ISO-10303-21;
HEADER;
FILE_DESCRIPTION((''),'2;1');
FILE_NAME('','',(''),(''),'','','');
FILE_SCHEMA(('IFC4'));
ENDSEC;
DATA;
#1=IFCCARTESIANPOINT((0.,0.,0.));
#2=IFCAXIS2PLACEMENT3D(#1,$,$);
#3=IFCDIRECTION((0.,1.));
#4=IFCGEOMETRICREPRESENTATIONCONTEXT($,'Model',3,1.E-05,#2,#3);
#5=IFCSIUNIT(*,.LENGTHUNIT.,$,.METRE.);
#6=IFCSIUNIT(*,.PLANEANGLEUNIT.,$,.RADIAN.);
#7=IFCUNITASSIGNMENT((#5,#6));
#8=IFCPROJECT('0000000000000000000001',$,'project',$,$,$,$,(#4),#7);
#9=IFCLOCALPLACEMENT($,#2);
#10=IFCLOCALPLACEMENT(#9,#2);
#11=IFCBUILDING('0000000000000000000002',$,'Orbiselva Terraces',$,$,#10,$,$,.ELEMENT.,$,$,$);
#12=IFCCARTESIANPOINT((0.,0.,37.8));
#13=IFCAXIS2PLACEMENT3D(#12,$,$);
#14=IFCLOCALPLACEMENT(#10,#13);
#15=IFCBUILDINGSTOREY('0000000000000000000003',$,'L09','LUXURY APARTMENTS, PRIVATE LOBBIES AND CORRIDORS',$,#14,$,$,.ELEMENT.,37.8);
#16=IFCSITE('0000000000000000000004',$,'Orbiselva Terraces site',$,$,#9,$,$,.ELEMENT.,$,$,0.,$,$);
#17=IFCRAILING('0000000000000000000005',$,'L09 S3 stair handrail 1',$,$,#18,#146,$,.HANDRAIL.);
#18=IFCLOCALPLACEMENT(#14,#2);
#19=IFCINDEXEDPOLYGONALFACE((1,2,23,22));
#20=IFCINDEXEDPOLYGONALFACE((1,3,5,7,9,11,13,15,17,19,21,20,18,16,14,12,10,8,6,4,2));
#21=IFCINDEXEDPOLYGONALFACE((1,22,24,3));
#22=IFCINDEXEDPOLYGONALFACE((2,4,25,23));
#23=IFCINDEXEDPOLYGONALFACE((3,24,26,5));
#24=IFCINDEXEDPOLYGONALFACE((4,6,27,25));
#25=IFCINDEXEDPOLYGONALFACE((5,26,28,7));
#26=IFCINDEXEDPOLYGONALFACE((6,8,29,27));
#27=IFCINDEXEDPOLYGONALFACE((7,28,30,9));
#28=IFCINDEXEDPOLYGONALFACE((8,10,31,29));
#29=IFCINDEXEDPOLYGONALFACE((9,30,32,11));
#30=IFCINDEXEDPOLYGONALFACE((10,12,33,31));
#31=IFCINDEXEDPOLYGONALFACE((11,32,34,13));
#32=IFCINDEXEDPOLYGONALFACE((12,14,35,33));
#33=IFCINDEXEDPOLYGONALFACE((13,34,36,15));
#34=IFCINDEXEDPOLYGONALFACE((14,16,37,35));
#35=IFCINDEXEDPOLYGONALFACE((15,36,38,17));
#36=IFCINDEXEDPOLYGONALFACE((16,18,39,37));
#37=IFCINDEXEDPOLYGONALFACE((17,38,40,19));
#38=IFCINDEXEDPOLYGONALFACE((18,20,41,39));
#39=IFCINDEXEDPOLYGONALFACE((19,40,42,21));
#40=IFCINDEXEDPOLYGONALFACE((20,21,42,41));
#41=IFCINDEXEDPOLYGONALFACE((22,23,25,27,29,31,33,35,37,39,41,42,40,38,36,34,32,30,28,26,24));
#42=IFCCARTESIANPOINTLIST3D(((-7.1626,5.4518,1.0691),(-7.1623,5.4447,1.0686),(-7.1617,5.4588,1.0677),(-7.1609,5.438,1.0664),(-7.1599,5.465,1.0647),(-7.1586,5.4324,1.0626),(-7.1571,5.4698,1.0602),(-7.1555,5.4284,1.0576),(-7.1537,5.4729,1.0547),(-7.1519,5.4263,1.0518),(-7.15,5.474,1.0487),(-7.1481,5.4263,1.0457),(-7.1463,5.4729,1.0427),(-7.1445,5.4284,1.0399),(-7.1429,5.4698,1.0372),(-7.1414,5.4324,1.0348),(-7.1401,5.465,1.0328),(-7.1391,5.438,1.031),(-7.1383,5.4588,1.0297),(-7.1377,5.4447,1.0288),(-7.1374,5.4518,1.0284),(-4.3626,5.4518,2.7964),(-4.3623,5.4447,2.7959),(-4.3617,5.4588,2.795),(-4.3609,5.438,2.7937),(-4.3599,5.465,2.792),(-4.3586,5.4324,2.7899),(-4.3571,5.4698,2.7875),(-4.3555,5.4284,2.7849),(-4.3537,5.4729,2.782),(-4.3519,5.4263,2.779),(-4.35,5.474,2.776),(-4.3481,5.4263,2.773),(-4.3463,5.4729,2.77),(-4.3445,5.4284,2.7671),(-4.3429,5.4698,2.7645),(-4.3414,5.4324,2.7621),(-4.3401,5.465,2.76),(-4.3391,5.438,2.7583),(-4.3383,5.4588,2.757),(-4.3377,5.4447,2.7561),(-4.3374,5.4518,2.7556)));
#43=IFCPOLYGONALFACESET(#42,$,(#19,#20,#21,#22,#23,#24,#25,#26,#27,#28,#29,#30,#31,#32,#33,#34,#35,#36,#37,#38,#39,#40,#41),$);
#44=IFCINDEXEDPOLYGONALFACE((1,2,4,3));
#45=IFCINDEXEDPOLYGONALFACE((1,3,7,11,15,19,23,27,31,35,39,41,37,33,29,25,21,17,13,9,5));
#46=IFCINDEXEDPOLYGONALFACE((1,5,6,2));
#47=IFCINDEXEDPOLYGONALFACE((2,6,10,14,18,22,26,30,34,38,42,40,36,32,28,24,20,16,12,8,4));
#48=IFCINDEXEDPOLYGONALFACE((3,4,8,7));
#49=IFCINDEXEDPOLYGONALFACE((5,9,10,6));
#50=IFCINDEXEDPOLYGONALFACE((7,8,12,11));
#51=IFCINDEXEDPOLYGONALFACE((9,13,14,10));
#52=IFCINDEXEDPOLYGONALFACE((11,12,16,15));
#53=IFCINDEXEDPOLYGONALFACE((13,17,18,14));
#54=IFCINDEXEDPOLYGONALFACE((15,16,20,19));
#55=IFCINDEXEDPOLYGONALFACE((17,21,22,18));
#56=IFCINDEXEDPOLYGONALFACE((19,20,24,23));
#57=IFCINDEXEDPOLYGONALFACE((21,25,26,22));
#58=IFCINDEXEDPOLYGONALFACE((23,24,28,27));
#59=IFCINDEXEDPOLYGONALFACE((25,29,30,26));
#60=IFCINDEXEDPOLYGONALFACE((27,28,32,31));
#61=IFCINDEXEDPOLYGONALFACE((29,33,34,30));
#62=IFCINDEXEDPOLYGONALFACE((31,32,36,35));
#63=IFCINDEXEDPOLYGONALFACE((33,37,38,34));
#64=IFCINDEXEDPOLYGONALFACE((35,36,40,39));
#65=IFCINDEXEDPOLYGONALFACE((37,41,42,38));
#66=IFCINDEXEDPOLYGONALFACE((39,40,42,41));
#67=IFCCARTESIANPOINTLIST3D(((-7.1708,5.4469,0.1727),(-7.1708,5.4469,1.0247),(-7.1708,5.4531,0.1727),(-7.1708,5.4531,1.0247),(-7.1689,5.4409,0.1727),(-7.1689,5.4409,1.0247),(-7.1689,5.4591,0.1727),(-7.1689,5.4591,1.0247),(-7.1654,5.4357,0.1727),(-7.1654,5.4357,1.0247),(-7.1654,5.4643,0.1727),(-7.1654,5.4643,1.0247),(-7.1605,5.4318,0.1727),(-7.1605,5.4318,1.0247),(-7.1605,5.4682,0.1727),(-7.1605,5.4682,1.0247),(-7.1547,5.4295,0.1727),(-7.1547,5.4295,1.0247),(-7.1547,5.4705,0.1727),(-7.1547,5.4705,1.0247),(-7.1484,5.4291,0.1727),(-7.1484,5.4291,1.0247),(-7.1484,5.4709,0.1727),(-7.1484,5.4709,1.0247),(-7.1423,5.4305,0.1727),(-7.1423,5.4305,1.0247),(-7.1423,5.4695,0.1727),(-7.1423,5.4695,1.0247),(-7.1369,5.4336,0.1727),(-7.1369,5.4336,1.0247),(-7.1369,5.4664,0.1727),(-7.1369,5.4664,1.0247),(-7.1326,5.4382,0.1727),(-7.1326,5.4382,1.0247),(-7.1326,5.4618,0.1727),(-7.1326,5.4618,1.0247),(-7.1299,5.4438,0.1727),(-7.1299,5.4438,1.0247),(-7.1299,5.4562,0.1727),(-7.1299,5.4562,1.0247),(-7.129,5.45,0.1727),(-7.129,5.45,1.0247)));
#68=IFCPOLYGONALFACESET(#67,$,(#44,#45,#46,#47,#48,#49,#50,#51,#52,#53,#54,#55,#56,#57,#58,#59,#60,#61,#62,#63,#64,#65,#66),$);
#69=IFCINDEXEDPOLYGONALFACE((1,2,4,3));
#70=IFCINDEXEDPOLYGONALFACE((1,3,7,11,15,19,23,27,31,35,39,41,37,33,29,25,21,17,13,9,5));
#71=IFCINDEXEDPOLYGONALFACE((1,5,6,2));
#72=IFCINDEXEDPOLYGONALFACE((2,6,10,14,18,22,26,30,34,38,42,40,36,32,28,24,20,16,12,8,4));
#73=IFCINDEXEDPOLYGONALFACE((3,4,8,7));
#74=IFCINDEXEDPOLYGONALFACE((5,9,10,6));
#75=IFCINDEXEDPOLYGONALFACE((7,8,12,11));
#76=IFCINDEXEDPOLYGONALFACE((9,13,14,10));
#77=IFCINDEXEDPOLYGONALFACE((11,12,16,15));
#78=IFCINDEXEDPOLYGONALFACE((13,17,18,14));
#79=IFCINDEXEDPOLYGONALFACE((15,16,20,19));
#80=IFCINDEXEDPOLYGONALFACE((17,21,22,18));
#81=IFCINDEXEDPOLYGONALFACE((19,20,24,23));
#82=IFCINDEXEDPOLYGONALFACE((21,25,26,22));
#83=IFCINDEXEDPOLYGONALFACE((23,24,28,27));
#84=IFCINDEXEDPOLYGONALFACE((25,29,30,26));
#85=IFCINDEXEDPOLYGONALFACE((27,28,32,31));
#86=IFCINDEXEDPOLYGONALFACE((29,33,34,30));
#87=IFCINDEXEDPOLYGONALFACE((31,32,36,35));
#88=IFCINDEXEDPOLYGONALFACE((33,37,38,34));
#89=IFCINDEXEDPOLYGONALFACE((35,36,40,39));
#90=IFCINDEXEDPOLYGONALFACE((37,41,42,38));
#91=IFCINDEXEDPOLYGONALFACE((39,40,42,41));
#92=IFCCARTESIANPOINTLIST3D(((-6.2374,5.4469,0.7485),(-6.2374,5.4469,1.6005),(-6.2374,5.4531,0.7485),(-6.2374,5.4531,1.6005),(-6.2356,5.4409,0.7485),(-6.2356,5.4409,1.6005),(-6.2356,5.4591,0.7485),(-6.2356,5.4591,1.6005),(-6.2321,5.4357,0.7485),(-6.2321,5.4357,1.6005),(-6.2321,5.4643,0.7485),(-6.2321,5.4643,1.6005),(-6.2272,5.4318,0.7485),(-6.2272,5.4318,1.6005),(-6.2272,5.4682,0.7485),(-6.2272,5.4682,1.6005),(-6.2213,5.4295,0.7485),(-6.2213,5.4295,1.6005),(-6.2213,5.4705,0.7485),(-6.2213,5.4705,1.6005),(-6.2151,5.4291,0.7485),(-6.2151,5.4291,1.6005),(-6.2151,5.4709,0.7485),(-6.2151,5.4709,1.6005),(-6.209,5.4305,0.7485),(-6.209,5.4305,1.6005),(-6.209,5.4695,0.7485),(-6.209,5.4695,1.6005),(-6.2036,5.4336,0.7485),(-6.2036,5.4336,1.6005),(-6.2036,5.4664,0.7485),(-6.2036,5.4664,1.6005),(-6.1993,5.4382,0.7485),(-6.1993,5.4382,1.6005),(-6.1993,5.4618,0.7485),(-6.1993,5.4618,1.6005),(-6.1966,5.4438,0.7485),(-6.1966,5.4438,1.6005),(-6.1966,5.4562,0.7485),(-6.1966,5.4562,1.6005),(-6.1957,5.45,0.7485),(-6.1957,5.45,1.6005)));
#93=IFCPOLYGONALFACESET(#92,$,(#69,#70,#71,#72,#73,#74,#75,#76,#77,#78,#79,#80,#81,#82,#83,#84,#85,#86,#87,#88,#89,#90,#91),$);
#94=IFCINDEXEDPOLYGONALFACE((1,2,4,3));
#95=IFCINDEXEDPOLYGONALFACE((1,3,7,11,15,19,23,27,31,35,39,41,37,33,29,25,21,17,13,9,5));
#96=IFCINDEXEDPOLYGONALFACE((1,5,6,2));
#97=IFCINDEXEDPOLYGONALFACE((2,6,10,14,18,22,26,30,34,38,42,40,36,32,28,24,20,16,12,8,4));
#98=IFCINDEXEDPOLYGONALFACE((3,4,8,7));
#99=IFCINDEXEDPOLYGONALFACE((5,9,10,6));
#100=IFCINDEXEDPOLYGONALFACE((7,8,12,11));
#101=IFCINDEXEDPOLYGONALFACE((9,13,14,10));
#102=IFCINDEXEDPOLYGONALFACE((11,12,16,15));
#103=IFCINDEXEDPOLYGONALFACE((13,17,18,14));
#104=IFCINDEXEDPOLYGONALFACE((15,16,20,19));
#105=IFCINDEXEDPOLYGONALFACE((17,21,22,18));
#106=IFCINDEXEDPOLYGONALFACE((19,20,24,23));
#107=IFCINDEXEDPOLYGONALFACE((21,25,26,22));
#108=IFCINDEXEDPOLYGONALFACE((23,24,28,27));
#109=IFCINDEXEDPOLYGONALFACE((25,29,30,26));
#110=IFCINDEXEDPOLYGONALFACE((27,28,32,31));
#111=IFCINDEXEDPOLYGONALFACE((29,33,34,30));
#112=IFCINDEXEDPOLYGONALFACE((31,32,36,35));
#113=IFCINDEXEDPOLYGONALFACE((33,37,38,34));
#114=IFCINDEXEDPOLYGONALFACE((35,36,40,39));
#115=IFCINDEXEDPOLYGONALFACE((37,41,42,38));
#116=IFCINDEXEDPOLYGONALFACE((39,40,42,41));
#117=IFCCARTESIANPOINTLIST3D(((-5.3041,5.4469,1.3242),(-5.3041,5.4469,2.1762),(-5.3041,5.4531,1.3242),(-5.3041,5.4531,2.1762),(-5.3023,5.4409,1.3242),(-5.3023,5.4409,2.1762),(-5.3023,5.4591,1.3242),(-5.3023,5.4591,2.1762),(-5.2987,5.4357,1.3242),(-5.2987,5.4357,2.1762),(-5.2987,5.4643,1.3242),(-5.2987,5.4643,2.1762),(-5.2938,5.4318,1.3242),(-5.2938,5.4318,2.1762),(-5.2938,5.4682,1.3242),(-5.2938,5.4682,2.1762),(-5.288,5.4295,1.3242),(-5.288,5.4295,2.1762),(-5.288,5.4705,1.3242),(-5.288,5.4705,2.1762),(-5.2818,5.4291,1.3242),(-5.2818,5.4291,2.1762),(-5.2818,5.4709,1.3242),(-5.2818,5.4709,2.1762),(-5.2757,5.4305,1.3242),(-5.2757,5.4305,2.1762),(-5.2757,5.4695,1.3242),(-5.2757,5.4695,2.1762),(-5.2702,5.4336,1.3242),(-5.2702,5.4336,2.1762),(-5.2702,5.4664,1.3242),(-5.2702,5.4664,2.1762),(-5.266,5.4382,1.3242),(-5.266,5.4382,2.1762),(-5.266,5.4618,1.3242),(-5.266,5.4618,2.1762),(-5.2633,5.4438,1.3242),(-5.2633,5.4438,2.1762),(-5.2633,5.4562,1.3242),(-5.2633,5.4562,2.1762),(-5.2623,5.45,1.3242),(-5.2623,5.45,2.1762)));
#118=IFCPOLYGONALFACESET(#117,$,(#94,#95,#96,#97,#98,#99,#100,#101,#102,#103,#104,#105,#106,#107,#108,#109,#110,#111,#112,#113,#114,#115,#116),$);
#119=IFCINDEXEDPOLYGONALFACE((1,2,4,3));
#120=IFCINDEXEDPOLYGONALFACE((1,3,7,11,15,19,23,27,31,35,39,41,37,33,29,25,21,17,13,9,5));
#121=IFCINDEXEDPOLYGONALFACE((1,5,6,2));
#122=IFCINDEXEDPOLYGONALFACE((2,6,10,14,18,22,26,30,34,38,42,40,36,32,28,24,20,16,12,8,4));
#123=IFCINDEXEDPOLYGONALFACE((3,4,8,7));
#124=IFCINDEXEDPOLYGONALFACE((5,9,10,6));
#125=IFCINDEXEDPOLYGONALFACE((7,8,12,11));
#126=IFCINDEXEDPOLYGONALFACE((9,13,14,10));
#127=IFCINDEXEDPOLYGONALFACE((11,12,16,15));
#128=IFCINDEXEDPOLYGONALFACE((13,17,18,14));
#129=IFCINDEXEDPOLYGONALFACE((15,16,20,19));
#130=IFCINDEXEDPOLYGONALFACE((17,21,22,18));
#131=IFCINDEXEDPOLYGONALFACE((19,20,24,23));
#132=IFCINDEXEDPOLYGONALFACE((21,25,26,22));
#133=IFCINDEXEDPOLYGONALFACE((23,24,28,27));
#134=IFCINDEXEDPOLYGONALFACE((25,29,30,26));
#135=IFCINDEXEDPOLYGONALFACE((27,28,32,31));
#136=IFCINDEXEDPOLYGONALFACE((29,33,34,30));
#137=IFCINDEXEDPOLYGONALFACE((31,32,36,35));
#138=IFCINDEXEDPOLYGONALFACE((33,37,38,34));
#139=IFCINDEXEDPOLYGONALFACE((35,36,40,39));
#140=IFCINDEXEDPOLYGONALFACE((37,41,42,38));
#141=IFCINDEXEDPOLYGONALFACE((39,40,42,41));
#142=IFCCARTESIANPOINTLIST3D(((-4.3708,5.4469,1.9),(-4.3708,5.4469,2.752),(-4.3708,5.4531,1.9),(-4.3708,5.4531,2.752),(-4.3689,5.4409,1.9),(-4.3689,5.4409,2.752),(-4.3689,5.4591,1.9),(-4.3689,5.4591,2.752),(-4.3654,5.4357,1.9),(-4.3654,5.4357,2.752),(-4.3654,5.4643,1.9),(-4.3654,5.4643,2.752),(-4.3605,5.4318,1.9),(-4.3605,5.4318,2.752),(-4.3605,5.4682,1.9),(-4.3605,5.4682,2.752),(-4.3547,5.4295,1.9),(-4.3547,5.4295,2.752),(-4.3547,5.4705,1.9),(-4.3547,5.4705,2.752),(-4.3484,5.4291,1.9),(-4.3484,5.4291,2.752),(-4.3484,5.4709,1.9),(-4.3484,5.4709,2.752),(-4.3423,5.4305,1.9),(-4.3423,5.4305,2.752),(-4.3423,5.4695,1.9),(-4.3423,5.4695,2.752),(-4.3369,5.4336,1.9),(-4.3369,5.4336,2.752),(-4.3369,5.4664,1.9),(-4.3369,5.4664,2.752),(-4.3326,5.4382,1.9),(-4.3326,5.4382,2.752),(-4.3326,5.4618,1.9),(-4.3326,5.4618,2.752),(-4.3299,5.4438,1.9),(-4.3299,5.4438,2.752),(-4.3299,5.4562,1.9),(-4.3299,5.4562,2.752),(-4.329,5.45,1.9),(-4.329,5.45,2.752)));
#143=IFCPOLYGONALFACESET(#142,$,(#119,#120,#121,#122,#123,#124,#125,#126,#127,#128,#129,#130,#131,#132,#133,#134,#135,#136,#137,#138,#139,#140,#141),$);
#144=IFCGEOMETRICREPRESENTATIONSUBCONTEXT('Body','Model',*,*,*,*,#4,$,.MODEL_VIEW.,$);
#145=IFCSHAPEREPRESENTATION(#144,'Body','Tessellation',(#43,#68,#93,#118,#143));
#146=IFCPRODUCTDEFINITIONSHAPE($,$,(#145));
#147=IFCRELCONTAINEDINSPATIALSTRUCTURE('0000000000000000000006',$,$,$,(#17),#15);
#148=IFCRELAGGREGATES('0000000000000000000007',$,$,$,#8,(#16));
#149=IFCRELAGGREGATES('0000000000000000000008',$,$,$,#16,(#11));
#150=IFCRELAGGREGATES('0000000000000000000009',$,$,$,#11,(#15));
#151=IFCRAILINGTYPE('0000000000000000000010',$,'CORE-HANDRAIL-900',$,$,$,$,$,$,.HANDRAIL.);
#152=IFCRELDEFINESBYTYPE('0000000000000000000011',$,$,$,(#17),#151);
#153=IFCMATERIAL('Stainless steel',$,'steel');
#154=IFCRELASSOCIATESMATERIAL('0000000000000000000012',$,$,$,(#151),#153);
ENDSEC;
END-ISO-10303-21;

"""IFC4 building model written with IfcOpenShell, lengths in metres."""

from ifc_helpers import new_model, si_unit, direction, frame, origin, origin_2d, place, context, subcontext, project, spatial, circle, extrude, material, type_object, element, save


model = new_model("IFC4")

# Units and contexts
model_context = context("Model", 3, precision=1e-05, world=origin(), true_north=direction((0.0, 1.0)))
body_context = subcontext(model_context, "Body", "Model", "MODEL_VIEW")
ifc_project = project(units=[si_unit("LENGTHUNIT", "METRE"), si_unit("PLANEANGLEUNIT", "RADIAN")], contexts=[model_context])

# Site, building, storey
site_placement = place(None, origin())
site = spatial("IfcSite", under=ifc_project, at=site_placement, Name="Orbiselva Terraces site", CompositionType="ELEMENT", RefElevation=0.0)
building_placement = place(site_placement, origin())
building = spatial("IfcBuilding", under=site, at=building_placement, Name="Orbiselva Terraces", CompositionType="ELEMENT")
storey_placement = place(building_placement, frame((0.0, 0.0, 37.8)))
storey = spatial("IfcBuildingStorey", under=building, at=storey_placement, Name="L09", Description="LUXURY APARTMENTS, PRIVATE LOBBIES AND CORRIDORS", CompositionType="ELEMENT", Elevation=37.8)

# Railing
ifc_material_1 = material(Name="Stainless steel", Category="steel")
railing_type_1 = type_object("IfcRailingType", Name="CORE-HANDRAIL-900", PredefinedType="HANDRAIL", material=ifc_material_1)
railing_1_placement = place(storey_placement, frame((-7.15, 5.45, 0.1727)))
element("IfcRailing", 1, at=railing_1_placement, inside=storey, type_object=railing_type_1, Name="L09 S3 stair handrail 1", PredefinedType="HANDRAIL", context=body_context, shape_type="SweptSolid", body=[
    extrude(circle(Radius=0.024, at=origin_2d()), frame((0.0, 0.0, 0.876), z_axis=(0.851089, 0.0, 0.525022), x_axis=(0.0, 1.0, 0.0)), (0.0, 0.0, 1.0), 3.2899),
    extrude(circle(Radius=0.021, at=origin_2d()), origin(), (0.0, 0.0, 1.0), 0.852),
    extrude(circle(Radius=0.021, at=origin_2d()), frame((0.9333, 0.0, 0.5758)), (0.0, 0.0, 1.0), 0.852),
    extrude(circle(Radius=0.021, at=origin_2d()), frame((1.8667, 0.0, 1.1515)), (0.0, 0.0, 1.0), 0.852),
    extrude(circle(Radius=0.021, at=origin_2d()), frame((2.8, 0.0, 1.7273)), (0.0, 0.0, 1.0), 0.852),
])

save(model, "model.ifc")
